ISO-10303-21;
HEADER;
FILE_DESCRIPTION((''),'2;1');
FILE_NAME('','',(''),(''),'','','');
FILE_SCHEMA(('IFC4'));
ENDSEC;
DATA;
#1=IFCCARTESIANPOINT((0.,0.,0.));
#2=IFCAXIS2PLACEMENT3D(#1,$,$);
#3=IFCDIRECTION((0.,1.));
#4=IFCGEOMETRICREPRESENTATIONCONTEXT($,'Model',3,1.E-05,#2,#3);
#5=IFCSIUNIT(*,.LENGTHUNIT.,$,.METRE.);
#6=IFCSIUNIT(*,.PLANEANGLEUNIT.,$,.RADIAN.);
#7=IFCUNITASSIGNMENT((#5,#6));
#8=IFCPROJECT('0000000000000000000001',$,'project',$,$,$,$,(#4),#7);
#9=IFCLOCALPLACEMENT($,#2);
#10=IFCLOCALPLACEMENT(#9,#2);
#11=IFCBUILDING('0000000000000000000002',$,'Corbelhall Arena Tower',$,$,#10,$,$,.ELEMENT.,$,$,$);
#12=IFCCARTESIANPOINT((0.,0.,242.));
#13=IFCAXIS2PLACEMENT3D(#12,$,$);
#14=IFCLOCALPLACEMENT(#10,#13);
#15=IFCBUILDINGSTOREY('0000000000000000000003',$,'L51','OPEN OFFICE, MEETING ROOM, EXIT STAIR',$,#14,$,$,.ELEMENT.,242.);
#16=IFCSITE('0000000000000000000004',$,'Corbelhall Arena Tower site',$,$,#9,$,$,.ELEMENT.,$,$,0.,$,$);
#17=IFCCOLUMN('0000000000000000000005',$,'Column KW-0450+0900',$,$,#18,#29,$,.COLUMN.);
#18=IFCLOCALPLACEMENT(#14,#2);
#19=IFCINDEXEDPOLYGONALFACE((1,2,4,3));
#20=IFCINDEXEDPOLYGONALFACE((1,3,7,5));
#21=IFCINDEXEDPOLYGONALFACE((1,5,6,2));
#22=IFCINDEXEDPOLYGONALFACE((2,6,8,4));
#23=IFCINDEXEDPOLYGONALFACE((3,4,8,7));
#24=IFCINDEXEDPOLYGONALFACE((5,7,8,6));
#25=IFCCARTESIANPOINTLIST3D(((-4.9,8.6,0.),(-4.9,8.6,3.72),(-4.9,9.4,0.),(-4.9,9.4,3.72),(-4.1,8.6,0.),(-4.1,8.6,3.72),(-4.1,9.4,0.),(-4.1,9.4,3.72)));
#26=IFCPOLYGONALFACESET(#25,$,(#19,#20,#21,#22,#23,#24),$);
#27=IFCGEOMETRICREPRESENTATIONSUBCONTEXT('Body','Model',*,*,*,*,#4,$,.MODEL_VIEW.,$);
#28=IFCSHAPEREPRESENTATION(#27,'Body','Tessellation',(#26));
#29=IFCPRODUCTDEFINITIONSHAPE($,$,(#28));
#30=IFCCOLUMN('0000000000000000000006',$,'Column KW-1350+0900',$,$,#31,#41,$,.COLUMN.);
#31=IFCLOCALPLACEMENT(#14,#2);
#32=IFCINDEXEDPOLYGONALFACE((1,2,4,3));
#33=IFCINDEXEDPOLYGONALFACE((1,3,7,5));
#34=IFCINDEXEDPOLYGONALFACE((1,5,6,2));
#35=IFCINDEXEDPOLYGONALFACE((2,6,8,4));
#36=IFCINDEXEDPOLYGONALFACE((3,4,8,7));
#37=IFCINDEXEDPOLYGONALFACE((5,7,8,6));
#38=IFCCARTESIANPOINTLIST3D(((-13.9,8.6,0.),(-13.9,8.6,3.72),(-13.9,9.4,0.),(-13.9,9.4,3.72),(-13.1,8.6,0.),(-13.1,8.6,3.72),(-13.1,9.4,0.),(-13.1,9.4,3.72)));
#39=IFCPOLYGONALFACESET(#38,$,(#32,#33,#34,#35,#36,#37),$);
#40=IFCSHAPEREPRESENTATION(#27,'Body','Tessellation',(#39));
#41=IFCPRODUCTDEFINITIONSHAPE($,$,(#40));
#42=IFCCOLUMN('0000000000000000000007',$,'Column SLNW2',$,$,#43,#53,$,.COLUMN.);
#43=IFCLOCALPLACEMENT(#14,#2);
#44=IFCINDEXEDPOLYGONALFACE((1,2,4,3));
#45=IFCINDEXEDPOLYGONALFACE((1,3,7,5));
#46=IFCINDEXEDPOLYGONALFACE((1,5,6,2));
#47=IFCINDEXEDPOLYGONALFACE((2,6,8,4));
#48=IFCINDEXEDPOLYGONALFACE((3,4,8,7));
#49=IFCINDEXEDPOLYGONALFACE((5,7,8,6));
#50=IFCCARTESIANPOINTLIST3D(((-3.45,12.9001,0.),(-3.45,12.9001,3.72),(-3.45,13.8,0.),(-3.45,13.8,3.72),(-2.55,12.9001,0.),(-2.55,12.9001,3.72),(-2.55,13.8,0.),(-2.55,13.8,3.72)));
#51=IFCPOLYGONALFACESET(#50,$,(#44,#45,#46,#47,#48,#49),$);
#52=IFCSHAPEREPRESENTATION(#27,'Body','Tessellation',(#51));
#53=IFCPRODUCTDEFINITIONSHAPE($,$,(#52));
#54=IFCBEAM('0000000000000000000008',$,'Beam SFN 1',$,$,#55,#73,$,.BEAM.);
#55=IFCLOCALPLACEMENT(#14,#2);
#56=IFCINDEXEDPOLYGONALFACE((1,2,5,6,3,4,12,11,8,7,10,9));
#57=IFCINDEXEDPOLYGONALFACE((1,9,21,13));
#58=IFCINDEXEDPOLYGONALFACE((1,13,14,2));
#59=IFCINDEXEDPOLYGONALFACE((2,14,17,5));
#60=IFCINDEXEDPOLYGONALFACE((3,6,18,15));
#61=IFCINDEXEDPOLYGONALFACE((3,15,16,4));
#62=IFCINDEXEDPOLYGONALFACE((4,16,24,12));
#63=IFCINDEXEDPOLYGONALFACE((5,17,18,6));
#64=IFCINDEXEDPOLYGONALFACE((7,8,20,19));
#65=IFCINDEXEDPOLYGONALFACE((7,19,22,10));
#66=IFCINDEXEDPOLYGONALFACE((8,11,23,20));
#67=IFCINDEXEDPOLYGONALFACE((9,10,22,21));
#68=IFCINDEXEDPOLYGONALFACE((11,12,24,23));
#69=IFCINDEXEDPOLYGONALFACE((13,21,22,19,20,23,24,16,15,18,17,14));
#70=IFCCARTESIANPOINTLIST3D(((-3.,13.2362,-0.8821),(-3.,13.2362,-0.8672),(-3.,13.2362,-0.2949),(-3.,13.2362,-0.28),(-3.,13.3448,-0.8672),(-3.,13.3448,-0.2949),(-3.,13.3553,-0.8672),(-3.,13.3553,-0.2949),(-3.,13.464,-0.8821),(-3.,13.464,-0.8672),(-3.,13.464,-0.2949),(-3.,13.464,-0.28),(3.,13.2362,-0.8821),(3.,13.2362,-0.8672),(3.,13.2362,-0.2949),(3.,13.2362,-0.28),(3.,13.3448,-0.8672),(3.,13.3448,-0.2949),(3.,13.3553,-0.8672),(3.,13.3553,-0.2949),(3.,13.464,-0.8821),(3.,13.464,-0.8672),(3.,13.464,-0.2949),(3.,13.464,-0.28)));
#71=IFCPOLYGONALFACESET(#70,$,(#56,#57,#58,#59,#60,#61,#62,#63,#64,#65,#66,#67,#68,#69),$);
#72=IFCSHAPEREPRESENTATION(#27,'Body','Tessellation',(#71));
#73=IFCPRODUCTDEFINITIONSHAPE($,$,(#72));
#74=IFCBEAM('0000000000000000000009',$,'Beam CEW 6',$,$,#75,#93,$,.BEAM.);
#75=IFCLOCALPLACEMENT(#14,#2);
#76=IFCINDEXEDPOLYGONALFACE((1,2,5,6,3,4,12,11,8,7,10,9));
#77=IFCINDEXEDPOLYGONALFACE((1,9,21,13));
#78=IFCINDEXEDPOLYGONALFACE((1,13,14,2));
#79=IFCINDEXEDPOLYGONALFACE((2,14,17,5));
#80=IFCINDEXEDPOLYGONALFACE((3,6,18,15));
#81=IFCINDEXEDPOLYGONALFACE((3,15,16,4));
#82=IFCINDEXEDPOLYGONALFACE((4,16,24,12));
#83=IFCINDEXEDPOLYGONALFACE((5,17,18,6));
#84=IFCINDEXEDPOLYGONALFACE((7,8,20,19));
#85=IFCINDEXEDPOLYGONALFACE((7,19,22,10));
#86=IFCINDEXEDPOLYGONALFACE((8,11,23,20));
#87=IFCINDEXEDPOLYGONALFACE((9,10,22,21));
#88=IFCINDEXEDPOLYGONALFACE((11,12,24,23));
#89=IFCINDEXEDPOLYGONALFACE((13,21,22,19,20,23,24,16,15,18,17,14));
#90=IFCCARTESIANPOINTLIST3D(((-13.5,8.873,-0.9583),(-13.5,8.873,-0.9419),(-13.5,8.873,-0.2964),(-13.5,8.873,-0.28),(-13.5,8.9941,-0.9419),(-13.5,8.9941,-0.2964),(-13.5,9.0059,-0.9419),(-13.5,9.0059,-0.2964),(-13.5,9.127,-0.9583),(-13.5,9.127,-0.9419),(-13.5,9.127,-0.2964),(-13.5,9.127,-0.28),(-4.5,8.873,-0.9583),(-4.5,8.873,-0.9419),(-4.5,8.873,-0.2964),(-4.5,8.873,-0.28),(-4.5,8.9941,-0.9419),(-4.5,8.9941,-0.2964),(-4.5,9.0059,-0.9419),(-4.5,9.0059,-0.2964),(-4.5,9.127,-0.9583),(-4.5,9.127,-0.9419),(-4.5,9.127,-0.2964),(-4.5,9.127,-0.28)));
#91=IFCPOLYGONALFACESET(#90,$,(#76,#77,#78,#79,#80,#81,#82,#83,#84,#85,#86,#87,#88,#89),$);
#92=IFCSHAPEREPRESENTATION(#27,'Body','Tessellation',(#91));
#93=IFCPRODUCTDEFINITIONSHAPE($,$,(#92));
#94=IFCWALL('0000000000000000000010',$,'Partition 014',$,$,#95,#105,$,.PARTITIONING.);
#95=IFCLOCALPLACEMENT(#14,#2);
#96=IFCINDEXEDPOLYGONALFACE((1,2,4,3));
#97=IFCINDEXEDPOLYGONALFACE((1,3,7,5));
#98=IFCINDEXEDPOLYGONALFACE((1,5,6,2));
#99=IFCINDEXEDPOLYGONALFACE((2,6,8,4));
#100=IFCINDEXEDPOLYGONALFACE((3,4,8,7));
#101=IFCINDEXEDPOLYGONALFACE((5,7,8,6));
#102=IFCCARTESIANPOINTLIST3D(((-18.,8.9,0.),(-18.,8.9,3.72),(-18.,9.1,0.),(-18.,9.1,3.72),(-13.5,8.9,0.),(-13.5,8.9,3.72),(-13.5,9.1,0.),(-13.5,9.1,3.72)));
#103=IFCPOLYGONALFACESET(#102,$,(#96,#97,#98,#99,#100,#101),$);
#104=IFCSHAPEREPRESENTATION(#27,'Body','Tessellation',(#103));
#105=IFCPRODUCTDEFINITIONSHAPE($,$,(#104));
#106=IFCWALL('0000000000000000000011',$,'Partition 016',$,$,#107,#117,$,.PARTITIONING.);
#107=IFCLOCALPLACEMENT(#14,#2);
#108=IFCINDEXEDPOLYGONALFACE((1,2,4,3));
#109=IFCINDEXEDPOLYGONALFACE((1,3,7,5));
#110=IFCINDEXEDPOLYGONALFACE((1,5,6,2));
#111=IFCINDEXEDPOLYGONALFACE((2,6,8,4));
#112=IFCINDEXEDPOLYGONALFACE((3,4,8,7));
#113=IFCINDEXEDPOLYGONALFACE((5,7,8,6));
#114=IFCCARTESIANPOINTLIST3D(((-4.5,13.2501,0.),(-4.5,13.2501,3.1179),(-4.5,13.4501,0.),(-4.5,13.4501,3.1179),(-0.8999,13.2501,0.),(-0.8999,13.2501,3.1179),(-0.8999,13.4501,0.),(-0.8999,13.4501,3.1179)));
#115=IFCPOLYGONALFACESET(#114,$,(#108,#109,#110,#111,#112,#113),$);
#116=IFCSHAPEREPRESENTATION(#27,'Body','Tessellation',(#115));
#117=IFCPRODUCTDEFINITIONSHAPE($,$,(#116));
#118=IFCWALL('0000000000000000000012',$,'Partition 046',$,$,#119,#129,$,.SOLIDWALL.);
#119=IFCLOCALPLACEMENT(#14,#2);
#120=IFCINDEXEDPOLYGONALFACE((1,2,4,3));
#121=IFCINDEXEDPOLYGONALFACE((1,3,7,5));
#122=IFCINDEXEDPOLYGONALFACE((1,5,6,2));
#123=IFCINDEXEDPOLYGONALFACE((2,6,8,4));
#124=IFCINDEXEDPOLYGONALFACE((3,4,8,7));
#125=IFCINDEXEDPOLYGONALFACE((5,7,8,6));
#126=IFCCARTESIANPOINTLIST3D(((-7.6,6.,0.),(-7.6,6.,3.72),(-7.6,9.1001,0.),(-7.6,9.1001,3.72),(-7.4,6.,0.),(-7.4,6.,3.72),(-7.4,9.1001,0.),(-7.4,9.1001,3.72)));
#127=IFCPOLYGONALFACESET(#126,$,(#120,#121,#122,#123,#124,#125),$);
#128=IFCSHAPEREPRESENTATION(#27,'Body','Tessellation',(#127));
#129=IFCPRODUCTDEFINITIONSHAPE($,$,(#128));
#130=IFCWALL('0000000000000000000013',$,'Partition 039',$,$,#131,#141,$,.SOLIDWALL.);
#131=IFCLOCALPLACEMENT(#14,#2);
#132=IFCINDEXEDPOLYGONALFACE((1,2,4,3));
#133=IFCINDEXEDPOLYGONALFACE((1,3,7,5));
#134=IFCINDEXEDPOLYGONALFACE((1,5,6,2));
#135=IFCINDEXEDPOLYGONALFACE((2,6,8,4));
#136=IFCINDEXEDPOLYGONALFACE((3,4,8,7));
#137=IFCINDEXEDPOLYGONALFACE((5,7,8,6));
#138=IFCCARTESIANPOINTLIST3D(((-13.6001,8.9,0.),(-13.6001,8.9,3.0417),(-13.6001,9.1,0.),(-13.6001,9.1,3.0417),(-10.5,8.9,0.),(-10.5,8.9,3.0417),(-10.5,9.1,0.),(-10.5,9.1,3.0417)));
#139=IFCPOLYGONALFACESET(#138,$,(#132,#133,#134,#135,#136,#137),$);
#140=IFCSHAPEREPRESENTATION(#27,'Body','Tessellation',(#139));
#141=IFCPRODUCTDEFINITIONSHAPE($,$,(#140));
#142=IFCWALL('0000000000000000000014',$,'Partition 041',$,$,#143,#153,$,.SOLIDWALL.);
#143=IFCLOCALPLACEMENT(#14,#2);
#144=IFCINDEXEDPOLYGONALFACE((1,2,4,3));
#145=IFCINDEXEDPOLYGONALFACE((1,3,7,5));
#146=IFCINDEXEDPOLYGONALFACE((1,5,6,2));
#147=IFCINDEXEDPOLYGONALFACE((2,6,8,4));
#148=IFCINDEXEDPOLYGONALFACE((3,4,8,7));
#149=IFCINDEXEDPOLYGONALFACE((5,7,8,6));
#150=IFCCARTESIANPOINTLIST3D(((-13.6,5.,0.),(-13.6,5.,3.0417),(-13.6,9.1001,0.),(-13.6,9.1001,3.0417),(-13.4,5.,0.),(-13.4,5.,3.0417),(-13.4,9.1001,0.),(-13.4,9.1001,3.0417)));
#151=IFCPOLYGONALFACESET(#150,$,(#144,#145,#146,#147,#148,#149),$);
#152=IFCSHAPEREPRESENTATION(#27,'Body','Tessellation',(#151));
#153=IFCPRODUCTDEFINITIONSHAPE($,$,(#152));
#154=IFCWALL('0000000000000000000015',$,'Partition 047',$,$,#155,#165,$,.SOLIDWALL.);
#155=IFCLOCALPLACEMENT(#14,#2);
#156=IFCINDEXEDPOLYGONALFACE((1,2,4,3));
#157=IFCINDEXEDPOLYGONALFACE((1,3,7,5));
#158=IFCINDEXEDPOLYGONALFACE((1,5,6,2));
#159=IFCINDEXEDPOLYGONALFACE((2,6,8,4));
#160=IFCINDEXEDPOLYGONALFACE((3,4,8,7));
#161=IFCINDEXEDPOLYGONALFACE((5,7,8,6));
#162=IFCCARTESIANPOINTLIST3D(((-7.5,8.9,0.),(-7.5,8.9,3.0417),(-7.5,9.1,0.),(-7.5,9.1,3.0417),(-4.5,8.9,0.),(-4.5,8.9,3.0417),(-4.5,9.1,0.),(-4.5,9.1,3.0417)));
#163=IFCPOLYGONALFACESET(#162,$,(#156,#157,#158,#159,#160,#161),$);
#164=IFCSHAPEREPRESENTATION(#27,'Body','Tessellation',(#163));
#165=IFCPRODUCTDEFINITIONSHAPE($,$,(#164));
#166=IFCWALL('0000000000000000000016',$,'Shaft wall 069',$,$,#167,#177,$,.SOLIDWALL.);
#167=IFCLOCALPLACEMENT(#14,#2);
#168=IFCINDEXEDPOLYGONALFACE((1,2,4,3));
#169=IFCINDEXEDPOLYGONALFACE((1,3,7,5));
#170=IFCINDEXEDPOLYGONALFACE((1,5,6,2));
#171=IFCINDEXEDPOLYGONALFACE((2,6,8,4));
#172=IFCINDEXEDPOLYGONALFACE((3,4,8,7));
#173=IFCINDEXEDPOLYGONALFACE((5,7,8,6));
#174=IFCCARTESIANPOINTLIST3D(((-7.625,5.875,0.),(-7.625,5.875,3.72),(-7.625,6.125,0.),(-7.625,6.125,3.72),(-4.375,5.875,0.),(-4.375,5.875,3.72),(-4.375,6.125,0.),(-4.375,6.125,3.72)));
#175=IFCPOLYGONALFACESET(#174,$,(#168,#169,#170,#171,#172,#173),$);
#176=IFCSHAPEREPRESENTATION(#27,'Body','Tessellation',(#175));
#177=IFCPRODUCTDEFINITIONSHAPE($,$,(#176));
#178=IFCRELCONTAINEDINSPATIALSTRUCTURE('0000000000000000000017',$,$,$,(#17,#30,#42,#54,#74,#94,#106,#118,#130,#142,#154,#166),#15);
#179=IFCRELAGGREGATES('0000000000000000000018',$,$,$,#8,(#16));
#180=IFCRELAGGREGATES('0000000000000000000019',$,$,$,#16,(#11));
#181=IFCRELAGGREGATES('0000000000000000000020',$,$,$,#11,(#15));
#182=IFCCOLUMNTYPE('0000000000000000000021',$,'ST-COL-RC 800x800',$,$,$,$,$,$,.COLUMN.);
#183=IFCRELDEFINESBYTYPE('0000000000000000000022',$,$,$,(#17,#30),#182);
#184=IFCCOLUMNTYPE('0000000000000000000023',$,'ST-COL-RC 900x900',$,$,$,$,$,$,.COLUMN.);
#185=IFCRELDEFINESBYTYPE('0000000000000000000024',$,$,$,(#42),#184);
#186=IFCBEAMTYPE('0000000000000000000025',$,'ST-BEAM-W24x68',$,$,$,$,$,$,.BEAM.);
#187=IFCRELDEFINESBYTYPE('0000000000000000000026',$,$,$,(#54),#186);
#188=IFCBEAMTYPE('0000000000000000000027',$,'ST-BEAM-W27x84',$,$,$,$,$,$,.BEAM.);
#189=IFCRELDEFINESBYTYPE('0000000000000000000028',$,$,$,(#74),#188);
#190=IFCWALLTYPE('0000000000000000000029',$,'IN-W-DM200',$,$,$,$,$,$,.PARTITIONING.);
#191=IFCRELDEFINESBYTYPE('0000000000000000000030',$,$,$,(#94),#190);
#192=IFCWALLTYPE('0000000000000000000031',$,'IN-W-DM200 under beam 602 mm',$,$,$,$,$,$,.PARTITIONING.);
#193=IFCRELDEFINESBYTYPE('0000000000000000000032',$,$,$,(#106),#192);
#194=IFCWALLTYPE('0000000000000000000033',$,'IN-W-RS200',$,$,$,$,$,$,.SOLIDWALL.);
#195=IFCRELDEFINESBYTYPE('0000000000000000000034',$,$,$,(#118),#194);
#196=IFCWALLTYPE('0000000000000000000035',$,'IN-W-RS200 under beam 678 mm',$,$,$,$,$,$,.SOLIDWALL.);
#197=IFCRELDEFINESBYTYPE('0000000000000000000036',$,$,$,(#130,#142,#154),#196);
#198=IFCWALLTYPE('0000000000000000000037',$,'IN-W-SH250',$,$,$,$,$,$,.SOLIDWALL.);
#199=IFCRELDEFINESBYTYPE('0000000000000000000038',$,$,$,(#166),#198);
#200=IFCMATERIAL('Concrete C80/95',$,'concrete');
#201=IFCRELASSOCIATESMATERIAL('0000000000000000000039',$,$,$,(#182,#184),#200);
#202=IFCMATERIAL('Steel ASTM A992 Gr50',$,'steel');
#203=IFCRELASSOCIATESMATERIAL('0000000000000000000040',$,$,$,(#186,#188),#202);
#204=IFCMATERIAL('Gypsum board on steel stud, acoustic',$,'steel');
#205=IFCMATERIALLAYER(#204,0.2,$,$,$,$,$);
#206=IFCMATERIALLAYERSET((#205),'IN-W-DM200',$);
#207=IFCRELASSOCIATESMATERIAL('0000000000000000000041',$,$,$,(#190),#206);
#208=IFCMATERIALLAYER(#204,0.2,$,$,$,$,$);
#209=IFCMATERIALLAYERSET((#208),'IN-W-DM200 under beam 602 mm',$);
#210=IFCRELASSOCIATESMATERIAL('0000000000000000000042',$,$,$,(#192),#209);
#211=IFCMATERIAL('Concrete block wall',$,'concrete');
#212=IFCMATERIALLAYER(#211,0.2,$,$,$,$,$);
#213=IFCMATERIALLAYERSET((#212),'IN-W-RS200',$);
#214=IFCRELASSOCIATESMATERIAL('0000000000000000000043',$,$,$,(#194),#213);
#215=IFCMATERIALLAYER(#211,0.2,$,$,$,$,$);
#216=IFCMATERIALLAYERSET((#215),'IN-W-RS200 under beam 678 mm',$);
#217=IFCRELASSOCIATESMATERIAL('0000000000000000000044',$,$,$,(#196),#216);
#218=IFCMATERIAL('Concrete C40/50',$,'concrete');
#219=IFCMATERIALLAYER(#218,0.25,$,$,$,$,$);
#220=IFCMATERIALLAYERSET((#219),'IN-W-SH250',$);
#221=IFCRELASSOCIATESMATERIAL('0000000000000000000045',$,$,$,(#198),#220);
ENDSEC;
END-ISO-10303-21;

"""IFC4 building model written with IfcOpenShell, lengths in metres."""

from ifc_helpers import new_model, si_unit, direction, frame, frame_2d, origin, origin_2d, place, context, subcontext, project, spatial, rectangle, i_section, extrude, material, layer, layer_set, material_profile, profile_set, type_object, element, save


model = new_model("IFC4")

# Units and contexts
model_context = context("Model", 3, precision=1e-05, world=origin(), true_north=direction((0.0, 1.0)))
body_context = subcontext(model_context, "Body", "Model", "MODEL_VIEW")
ifc_project = project(units=[si_unit("LENGTHUNIT", "METRE"), si_unit("PLANEANGLEUNIT", "RADIAN")], contexts=[model_context])

# Site, building, storey
site_placement = place(None, origin())
site = spatial("IfcSite", under=ifc_project, at=site_placement, Name="Corbelhall Arena Tower site", CompositionType="ELEMENT", RefElevation=0.0)
building_placement = place(site_placement, origin())
building = spatial("IfcBuilding", under=site, at=building_placement, Name="Corbelhall Arena Tower", CompositionType="ELEMENT")
storey_placement = place(building_placement, frame((0.0, 0.0, 242.0)))
storey = spatial("IfcBuildingStorey", under=building, at=storey_placement, Name="L51", Description="OPEN OFFICE, MEETING ROOM, EXIT STAIR", CompositionType="ELEMENT", Elevation=242.0)

# Columns
ifc_material_1 = material(Name="Concrete C80/95", Category="concrete")
ifc_material_profile_1 = material_profile(ifc_material_1, rectangle(XDim=0.8, YDim=0.8, at=origin_2d()))
ifc_profile_set_1 = profile_set([ifc_material_profile_1], Name="Concrete C80/95")
column_type_1 = type_object("IfcColumnType", Name="ST-COL-RC 800x800", PredefinedType="COLUMN", material=ifc_profile_set_1)
for number, where, z_axis, x_axis, name in (
    (1, (-4.5, 9.0, 0.0), (0.0, 0.0, 1.0), (1.0, 0.0, 0.0), "Column KW-0450+0900"),
    (2, (-13.5, 9.0, 0.0), (0.0, 0.0, 1.0), (1.0, 0.0, 0.0), "Column KW-1350+0900"),
):
    element("IfcColumn", number, at=place(storey_placement, frame(where, z_axis=z_axis, x_axis=x_axis)), inside=storey, type_object=column_type_1, Name=name, PredefinedType="COLUMN", context=body_context, shape_type="SweptSolid", body=[
        extrude(rectangle(XDim=0.8, YDim=0.8, at=origin_2d()), origin(), (0.0, 0.0, 1.0), 3.72),
    ])
ifc_material_profile_2 = material_profile(ifc_material_1, rectangle(XDim=0.8999, YDim=0.8999, at=origin_2d()))
ifc_profile_set_2 = profile_set([ifc_material_profile_2], Name="Concrete C80/95")
column_type_2 = type_object("IfcColumnType", Name="ST-COL-RC 900x900", PredefinedType="COLUMN", material=ifc_profile_set_2)
column_placement = place(storey_placement, frame((-3.0, 13.3501, 0.0), z_axis=(0.0, 0.0, 1.0), x_axis=(1.0, 0.0, 0.0)))
element("IfcColumn", 3, at=column_placement, inside=storey, type_object=column_type_2, Name="Column SLNW2", PredefinedType="COLUMN", context=body_context, shape_type="SweptSolid", body=[
    extrude(rectangle(XDim=0.8999, YDim=0.8999, at=origin_2d()), origin(), (0.0, 0.0, 1.0), 3.72),
])

# Beams
ifc_material_2 = material(Name="Steel ASTM A992 Gr50", Category="steel")
ifc_material_profile_3 = material_profile(ifc_material_2, i_section(OverallWidth=0.2278, OverallDepth=0.6021, WebThickness=0.0105, FlangeThickness=0.0149, at=origin_2d()))
ifc_profile_set_3 = profile_set([ifc_material_profile_3], Name="Steel ASTM A992 Gr50")
beam_type_1 = type_object("IfcBeamType", Name="ST-BEAM-W24x68", PredefinedType="BEAM", material=ifc_profile_set_3)
beam_1_placement = place(storey_placement, frame((-3.0, 13.3501, -0.5811), z_axis=(1.0, 0.0, 0.0), x_axis=(0.0, 1.0, 0.0)))
element("IfcBeam", 4, at=beam_1_placement, inside=storey, type_object=beam_type_1, Name="Beam SFN 1", PredefinedType="BEAM", context=body_context, shape_type="SweptSolid", body=[
    extrude(i_section(OverallWidth=0.2278, OverallDepth=0.6021, WebThickness=0.0105, FlangeThickness=0.0149, at=origin_2d()), origin(), (0.0, 0.0, 1.0), 6.0),
])
ifc_material_profile_4 = material_profile(ifc_material_2, i_section(OverallWidth=0.2539, OverallDepth=0.6782, WebThickness=0.0117, FlangeThickness=0.0164, at=origin_2d()))
ifc_profile_set_4 = profile_set([ifc_material_profile_4], Name="Steel ASTM A992 Gr50")
beam_type_2 = type_object("IfcBeamType", Name="ST-BEAM-W27x84", PredefinedType="BEAM", material=ifc_profile_set_4)
beam_2_placement = place(storey_placement, frame((-13.5, 9.0, -0.6191), z_axis=(1.0, 0.0, 0.0), x_axis=(0.0, 1.0, 0.0)))
element("IfcBeam", 5, at=beam_2_placement, inside=storey, type_object=beam_type_2, Name="Beam CEW 6", PredefinedType="BEAM", context=body_context, shape_type="SweptSolid", body=[
    extrude(i_section(OverallWidth=0.2539, OverallDepth=0.6782, WebThickness=0.0117, FlangeThickness=0.0164, at=origin_2d()), origin(), (0.0, 0.0, 1.0), 9.0),
])

# Walls
ifc_material_3 = material(Name="Gypsum board on steel stud, acoustic", Category="steel")
ifc_layer_1 = layer(ifc_material_3, 0.2)
ifc_layer_set_1 = layer_set([ifc_layer_1], Name="IN-W-DM200")
wall_type_1 = type_object("IfcWallType", Name="IN-W-DM200", PredefinedType="PARTITIONING", material=ifc_layer_set_1)
wall_1_placement = place(storey_placement, frame((-13.5, 9.0, 0.0), z_axis=(0.0, 0.0, 1.0), x_axis=(-1.0, 0.0, 0.0)))
element("IfcWall", 6, at=wall_1_placement, inside=storey, type_object=wall_type_1, Name="Partition 014", PredefinedType="PARTITIONING", context=body_context, shape_type="SweptSolid", body=[
    extrude(rectangle(XDim=4.5, YDim=0.2, at=frame_2d((2.25, 0.0))), origin(), (0.0, 0.0, 1.0), 3.72),
])
ifc_layer_2 = layer(ifc_material_3, 0.2)
ifc_layer_set_2 = layer_set([ifc_layer_2], Name="IN-W-DM200 under beam 602 mm")
wall_type_2 = type_object("IfcWallType", Name="IN-W-DM200 under beam 602 mm", PredefinedType="PARTITIONING", material=ifc_layer_set_2)
wall_2_placement = place(storey_placement, frame((-4.5, 13.3501, 0.0), z_axis=(0.0, 0.0, 1.0), x_axis=(1.0, 0.0, 0.0)))
element("IfcWall", 7, at=wall_2_placement, inside=storey, type_object=wall_type_2, Name="Partition 016", PredefinedType="PARTITIONING", context=body_context, shape_type="SweptSolid", body=[
    extrude(rectangle(XDim=3.6001, YDim=0.2, at=frame_2d((1.8, 0.0))), origin(), (0.0, 0.0, 1.0), 3.1179),
])
ifc_material_4 = material(Name="Concrete block wall", Category="concrete")
ifc_layer_3 = layer(ifc_material_4, 0.2)
ifc_layer_set_3 = layer_set([ifc_layer_3], Name="IN-W-RS200")
wall_type_3 = type_object("IfcWallType", Name="IN-W-RS200", PredefinedType="SOLIDWALL", material=ifc_layer_set_3)
wall_3_placement = place(storey_placement, frame((-7.5, 6.0, 0.0), z_axis=(0.0, 0.0, 1.0), x_axis=(0.0, 1.0, 0.0)))
element("IfcWall", 8, at=wall_3_placement, inside=storey, type_object=wall_type_3, Name="Partition 046", PredefinedType="SOLIDWALL", context=body_context, shape_type="SweptSolid", body=[
    extrude(rectangle(XDim=3.1001, YDim=0.2, at=frame_2d((1.55, 0.0))), origin(), (0.0, 0.0, 1.0), 3.72),
])
ifc_layer_4 = layer(ifc_material_4, 0.2)
ifc_layer_set_4 = layer_set([ifc_layer_4], Name="IN-W-RS200 under beam 678 mm")
wall_type_4 = type_object("IfcWallType", Name="IN-W-RS200 under beam 678 mm", PredefinedType="SOLIDWALL", material=ifc_layer_set_4)
wall_4_placement = place(storey_placement, frame((-13.6001, 9.0, 0.0), z_axis=(0.0, 0.0, 1.0), x_axis=(1.0, 0.0, 0.0)))
element("IfcWall", 9, at=wall_4_placement, inside=storey, type_object=wall_type_4, Name="Partition 039", PredefinedType="SOLIDWALL", context=body_context, shape_type="SweptSolid", body=[
    extrude(rectangle(XDim=3.1001, YDim=0.2, at=frame_2d((1.55, 0.0))), origin(), (0.0, 0.0, 1.0), 3.0417),
])
wall_5_placement = place(storey_placement, frame((-13.5, 5.0, 0.0), z_axis=(0.0, 0.0, 1.0), x_axis=(0.0, 1.0, 0.0)))
element("IfcWall", 10, at=wall_5_placement, inside=storey, type_object=wall_type_4, Name="Partition 041", PredefinedType="SOLIDWALL", context=body_context, shape_type="SweptSolid", body=[
    extrude(rectangle(XDim=4.1001, YDim=0.2, at=frame_2d((2.05, 0.0))), origin(), (0.0, 0.0, 1.0), 3.0417),
])
wall_6_placement = place(storey_placement, frame((-7.5, 9.0, 0.0), z_axis=(0.0, 0.0, 1.0), x_axis=(1.0, 0.0, 0.0)))
element("IfcWall", 11, at=wall_6_placement, inside=storey, type_object=wall_type_4, Name="Partition 047", PredefinedType="SOLIDWALL", context=body_context, shape_type="SweptSolid", body=[
    extrude(rectangle(XDim=3.0, YDim=0.2, at=frame_2d((1.5, 0.0))), origin(), (0.0, 0.0, 1.0), 3.0417),
])

# Wall
ifc_material_5 = material(Name="Concrete C40/50", Category="concrete")
ifc_layer_5 = layer(ifc_material_5, 0.25)
ifc_layer_set_5 = layer_set([ifc_layer_5], Name="IN-W-SH250")
wall_type_5 = type_object("IfcWallType", Name="IN-W-SH250", PredefinedType="SOLIDWALL", material=ifc_layer_set_5)
wall_7_placement = place(storey_placement, frame((-7.625, 6.0, 0.0), z_axis=(0.0, 0.0, 1.0), x_axis=(1.0, 0.0, 0.0)))
element("IfcWall", 12, at=wall_7_placement, inside=storey, type_object=wall_type_5, Name="Shaft wall 069", PredefinedType="SOLIDWALL", context=body_context, shape_type="SweptSolid", body=[
    extrude(rectangle(XDim=3.25, YDim=0.25, at=frame_2d((1.625, 0.0))), origin(), (0.0, 0.0, 1.0), 3.72),
])

save(model, "model.ifc")
